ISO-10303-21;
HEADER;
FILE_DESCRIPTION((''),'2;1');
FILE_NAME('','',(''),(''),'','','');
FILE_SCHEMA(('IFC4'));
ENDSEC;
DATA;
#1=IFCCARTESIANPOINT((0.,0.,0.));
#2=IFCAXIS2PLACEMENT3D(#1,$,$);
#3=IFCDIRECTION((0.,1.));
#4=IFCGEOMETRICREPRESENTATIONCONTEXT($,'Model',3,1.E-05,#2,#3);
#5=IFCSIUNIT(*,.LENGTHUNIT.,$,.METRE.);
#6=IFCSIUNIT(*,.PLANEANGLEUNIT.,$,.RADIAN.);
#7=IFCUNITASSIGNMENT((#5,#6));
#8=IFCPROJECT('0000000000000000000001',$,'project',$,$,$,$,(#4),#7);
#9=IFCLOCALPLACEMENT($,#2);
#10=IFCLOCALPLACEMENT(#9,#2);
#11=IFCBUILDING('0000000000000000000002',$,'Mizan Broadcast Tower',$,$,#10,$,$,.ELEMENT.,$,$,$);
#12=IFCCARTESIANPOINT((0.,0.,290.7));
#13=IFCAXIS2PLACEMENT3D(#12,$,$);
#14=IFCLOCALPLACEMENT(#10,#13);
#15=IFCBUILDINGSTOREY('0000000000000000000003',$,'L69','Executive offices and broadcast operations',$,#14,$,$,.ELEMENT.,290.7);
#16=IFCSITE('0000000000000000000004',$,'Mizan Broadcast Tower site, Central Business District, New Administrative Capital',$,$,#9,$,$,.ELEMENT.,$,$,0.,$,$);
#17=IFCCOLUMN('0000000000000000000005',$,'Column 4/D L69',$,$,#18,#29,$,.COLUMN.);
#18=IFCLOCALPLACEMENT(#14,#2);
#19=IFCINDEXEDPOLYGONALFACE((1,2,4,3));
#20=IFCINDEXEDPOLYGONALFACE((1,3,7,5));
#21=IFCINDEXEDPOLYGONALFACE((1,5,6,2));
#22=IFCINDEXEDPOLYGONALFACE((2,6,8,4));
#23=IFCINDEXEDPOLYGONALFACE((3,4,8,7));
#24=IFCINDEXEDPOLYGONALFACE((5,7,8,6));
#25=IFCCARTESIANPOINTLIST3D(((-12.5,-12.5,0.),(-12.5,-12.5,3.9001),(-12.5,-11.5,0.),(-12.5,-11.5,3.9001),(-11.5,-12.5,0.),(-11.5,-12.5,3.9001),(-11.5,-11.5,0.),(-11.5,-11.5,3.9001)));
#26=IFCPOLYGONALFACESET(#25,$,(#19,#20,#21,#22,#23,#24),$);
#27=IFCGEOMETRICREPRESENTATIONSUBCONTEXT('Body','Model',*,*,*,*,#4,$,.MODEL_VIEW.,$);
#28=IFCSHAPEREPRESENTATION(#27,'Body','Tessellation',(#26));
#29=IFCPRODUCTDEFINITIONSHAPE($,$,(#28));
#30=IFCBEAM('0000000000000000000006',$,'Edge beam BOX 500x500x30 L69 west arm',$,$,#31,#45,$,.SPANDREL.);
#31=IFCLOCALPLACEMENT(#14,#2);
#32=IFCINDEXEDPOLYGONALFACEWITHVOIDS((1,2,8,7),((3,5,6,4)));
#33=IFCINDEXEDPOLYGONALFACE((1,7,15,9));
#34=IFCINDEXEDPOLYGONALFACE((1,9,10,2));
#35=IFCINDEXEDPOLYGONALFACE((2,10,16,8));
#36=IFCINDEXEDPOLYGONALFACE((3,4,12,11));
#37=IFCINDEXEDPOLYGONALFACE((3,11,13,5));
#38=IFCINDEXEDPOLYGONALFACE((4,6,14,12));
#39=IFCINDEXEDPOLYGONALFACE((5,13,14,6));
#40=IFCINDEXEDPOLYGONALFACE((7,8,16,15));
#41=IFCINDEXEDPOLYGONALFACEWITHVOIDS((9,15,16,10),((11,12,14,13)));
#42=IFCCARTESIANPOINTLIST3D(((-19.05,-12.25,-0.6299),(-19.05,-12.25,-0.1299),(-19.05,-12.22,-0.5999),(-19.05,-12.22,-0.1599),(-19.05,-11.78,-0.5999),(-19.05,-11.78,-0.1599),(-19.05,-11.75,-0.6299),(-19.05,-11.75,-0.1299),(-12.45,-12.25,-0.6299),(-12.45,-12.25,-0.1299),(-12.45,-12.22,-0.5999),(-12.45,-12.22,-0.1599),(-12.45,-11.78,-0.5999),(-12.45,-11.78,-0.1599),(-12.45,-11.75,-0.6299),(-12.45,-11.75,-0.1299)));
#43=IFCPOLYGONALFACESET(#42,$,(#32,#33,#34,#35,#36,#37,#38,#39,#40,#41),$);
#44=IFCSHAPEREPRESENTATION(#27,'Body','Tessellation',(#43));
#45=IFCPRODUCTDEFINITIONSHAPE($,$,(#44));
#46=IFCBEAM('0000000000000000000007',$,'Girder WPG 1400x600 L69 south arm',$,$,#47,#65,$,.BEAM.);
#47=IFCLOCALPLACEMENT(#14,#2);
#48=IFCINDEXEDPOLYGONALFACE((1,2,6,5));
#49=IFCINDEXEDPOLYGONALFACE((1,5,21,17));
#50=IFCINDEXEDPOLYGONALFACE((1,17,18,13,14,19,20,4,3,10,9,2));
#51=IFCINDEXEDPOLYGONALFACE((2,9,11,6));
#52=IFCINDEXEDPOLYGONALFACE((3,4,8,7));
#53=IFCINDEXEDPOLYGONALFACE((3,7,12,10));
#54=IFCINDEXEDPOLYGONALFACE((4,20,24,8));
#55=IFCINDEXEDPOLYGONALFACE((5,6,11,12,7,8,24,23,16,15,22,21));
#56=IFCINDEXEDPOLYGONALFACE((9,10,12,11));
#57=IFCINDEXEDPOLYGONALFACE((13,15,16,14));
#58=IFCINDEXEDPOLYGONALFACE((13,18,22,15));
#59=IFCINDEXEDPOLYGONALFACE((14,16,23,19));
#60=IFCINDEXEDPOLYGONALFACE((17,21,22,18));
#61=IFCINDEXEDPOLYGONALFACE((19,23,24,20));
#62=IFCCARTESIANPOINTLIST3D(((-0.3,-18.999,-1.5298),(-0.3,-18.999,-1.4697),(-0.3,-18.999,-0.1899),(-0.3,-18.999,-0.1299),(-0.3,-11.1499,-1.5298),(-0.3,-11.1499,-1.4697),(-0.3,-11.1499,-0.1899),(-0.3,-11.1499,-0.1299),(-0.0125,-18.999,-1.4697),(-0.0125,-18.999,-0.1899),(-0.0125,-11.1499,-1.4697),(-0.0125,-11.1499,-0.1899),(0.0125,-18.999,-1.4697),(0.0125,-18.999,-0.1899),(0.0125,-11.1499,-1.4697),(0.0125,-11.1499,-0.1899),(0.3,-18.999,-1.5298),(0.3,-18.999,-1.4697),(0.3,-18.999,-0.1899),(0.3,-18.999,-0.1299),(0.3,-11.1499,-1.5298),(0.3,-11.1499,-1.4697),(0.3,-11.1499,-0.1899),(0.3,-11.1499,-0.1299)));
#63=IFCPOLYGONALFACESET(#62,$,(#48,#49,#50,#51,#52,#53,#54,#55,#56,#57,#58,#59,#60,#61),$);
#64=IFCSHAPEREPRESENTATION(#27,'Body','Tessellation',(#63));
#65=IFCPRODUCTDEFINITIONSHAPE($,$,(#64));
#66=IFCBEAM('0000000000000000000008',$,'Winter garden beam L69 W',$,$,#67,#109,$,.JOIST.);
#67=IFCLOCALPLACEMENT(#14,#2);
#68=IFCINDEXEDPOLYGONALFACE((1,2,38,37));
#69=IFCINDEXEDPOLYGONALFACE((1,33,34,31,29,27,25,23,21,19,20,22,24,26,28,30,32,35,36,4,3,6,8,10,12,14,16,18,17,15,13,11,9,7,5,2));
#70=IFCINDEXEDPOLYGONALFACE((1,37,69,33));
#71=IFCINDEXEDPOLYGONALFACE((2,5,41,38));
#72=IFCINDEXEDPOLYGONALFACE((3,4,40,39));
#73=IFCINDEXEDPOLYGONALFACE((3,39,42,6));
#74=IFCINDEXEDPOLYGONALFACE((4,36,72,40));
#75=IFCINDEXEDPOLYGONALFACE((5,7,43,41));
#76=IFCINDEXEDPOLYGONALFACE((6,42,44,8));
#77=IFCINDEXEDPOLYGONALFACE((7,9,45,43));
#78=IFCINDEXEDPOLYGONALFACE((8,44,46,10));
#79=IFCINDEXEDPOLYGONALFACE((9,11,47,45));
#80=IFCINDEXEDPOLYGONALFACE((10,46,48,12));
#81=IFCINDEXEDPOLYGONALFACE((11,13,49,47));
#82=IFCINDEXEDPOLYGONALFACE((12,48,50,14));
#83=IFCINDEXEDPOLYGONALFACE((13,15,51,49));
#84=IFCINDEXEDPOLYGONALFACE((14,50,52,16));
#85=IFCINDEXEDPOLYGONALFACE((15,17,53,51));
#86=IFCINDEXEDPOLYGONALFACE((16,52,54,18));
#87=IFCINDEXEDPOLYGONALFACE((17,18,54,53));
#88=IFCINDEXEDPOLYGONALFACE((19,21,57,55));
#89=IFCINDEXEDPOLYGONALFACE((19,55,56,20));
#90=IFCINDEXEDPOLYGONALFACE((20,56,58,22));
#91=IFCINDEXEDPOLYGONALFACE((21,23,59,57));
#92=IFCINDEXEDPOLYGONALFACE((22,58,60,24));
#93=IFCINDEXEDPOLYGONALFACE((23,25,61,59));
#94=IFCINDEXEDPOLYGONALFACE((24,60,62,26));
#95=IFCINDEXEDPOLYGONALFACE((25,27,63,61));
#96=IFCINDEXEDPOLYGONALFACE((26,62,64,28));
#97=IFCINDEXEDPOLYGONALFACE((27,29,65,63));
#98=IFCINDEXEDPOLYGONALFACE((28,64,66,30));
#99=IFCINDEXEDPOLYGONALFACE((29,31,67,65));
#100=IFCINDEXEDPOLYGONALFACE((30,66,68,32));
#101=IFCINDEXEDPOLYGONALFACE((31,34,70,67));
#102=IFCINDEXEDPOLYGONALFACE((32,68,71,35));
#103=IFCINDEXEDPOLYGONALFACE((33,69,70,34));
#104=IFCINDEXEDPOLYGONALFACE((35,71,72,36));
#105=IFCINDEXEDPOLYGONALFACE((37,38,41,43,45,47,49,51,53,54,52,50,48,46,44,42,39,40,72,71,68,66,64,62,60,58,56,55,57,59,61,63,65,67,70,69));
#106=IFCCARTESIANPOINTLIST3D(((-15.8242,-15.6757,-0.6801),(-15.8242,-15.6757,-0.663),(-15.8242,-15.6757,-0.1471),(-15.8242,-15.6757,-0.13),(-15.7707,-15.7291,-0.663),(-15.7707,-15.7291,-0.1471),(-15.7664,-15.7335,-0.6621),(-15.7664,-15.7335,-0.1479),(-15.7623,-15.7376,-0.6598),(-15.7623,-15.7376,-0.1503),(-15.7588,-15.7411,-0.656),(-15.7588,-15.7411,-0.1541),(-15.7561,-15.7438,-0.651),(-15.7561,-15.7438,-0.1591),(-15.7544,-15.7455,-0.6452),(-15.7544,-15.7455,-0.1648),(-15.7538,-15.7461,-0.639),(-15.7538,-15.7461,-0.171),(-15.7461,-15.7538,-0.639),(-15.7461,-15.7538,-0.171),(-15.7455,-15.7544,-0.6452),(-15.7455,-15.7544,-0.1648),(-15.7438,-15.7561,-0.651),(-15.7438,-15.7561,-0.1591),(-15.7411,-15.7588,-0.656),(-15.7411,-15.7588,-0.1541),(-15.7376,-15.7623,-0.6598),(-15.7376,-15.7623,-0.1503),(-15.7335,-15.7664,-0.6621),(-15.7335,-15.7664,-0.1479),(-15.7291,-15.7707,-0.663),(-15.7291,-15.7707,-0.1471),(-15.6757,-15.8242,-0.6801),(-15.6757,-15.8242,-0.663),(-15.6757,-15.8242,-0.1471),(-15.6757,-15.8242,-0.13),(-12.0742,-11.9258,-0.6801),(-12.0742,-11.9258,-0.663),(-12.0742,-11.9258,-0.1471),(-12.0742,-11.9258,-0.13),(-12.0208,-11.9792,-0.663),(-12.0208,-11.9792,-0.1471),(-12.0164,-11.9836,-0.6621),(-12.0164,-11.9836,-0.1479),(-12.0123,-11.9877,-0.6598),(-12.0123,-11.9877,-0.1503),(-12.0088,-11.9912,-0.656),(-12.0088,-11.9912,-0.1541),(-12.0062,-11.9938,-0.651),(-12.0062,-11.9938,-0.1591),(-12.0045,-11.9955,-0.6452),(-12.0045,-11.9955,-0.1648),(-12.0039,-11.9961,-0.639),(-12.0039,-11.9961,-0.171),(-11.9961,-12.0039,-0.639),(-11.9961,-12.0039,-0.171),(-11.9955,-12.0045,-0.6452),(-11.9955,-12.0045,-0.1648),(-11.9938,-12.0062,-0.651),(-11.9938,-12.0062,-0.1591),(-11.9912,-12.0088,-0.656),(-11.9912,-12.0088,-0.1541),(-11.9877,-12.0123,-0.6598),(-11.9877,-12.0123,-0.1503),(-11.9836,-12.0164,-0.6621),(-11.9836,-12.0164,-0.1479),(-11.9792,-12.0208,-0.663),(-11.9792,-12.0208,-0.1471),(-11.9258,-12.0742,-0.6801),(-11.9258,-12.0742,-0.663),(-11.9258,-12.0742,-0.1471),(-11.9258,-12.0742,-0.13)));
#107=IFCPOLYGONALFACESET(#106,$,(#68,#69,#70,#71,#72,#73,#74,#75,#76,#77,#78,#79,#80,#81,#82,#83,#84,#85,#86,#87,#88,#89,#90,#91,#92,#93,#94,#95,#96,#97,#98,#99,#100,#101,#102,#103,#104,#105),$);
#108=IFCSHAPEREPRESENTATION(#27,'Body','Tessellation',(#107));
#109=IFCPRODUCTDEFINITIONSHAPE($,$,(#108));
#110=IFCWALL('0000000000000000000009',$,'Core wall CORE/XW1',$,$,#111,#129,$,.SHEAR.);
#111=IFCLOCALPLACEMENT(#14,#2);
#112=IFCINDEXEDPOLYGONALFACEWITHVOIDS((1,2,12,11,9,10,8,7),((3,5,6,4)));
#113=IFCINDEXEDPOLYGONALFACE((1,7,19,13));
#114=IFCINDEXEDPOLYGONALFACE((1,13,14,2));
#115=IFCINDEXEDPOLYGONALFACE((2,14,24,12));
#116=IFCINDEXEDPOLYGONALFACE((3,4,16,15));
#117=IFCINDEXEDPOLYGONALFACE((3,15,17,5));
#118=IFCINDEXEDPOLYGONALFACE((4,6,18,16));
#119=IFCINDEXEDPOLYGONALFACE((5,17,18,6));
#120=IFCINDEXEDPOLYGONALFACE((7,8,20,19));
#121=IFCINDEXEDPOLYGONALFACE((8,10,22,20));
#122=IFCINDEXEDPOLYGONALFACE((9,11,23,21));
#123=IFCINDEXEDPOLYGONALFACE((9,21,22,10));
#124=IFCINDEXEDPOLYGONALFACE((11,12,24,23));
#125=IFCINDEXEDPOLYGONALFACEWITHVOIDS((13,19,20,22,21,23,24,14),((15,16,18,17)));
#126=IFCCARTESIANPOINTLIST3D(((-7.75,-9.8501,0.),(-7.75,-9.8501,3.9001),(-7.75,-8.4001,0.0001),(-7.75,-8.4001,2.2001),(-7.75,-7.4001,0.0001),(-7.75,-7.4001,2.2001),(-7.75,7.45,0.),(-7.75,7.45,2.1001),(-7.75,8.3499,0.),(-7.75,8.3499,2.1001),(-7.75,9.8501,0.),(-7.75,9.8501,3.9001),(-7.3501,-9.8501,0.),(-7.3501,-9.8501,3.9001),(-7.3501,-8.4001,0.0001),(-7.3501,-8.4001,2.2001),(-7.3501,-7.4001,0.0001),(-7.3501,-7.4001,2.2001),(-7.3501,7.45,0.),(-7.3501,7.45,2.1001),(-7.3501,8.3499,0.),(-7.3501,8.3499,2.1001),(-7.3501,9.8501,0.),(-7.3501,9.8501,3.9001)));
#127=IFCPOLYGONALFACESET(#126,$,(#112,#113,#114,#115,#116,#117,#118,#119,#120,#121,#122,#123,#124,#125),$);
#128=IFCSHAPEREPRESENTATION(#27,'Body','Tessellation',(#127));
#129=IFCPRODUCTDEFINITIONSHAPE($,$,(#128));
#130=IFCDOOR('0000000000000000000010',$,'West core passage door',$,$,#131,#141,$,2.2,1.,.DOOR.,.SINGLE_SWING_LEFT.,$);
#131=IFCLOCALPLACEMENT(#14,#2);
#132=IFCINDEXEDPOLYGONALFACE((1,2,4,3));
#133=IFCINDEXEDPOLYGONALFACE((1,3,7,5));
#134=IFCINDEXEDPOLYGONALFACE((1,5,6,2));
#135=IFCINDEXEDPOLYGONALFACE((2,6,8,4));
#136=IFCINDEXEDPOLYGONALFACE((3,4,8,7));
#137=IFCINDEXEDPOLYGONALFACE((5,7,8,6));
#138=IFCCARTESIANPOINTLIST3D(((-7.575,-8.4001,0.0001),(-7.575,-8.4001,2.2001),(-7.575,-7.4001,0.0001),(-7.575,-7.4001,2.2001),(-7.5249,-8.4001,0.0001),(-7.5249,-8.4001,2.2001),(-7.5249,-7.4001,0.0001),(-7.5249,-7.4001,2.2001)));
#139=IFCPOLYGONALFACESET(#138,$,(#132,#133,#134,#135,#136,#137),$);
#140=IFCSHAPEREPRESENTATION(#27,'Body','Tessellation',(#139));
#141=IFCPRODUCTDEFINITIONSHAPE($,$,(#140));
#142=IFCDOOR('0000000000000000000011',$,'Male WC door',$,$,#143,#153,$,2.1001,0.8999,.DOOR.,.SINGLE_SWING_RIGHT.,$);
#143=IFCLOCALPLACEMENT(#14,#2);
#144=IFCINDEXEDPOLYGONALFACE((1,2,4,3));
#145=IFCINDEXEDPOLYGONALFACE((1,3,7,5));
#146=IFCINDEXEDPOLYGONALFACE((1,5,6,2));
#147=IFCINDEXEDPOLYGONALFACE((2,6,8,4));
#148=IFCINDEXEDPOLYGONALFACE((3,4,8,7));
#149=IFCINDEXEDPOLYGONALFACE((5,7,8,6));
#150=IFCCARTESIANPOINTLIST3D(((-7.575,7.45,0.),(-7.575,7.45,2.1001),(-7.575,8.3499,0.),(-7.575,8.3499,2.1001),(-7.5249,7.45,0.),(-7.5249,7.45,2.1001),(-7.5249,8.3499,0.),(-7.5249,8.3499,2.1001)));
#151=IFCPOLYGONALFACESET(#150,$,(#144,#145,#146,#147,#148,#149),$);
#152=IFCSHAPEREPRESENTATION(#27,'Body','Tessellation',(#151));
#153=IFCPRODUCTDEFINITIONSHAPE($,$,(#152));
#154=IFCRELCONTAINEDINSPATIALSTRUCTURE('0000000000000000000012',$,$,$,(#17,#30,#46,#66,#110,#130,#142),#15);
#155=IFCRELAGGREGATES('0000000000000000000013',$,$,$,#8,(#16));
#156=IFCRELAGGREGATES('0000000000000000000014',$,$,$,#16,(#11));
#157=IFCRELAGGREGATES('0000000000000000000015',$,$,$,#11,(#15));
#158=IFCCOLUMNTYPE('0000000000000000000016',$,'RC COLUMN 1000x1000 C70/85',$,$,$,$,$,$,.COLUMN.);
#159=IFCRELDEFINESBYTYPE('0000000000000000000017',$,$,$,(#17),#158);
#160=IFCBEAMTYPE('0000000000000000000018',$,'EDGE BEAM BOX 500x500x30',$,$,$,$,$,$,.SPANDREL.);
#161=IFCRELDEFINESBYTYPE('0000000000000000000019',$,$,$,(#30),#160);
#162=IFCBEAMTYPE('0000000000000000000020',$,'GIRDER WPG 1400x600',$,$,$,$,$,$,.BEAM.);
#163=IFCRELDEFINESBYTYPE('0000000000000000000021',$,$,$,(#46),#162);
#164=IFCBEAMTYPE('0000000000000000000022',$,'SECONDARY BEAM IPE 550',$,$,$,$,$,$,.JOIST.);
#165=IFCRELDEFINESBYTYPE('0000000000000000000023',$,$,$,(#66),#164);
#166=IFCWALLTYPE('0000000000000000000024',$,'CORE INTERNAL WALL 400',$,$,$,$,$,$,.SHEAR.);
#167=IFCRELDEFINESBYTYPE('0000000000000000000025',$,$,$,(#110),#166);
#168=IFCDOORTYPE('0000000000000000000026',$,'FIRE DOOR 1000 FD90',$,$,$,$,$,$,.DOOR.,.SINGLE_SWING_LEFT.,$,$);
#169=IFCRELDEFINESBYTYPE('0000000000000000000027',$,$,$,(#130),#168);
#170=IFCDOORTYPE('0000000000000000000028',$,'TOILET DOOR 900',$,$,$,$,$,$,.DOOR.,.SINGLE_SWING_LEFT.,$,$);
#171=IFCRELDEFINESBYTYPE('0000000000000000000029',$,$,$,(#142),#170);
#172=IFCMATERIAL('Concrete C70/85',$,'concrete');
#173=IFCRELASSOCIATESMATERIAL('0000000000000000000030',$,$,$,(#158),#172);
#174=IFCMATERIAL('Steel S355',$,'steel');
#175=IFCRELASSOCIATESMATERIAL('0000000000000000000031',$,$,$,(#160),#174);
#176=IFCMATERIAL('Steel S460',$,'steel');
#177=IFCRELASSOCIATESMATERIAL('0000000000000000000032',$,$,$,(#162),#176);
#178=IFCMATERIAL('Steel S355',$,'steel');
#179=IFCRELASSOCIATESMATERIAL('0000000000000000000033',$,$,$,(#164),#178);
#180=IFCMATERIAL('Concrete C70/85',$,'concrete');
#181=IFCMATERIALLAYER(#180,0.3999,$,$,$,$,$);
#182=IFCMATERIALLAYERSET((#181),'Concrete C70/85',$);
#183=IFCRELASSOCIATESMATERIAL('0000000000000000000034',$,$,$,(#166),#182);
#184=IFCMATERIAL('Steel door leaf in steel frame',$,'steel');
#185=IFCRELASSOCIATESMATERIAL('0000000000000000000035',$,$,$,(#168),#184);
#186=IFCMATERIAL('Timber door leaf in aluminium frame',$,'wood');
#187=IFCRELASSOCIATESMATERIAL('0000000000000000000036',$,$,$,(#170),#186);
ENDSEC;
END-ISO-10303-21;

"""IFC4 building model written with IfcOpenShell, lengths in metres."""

from ifc_helpers import new_model, si_unit, direction, frame, frame_2d, origin, origin_2d, place, context, subcontext, project, spatial, rectangle, hollow_rectangle, i_section, extrude, material, layer, layer_set, material_profile, profile_set, type_object, element, fill, save


model = new_model("IFC4")

# Units and contexts
model_context = context("Model", 3, precision=1e-05, world=origin(), true_north=direction((0.0, 1.0)))
body_context = subcontext(model_context, "Body", "Model", "MODEL_VIEW")
ifc_project = project(units=[si_unit("LENGTHUNIT", "METRE"), si_unit("PLANEANGLEUNIT", "RADIAN")], contexts=[model_context])

# Site, building, storey
site_placement = place(None, origin())
site = spatial("IfcSite", under=ifc_project, at=site_placement, Name="Mizan Broadcast Tower site, Central Business District, New Administrative Capital", CompositionType="ELEMENT", RefElevation=0.0)
building_placement = place(site_placement, origin())
building = spatial("IfcBuilding", under=site, at=building_placement, Name="Mizan Broadcast Tower", CompositionType="ELEMENT")
storey_placement = place(building_placement, frame((0.0, 0.0, 290.7)))
storey = spatial("IfcBuildingStorey", under=building, at=storey_placement, Name="L69", Description="Executive offices and broadcast operations", CompositionType="ELEMENT", Elevation=290.7)

# Column
ifc_material_1 = material(Name="Concrete C70/85", Category="concrete")
ifc_material_profile_1 = material_profile(ifc_material_1, rectangle(XDim=1.0, YDim=1.0, at=origin_2d()), Name="RC 1000x1000")
ifc_profile_set_1 = profile_set([ifc_material_profile_1], Name="Concrete C70/85")
column_type = type_object("IfcColumnType", Name="RC COLUMN 1000x1000 C70/85", PredefinedType="COLUMN", material=ifc_profile_set_1)
column_placement = place(storey_placement, frame((-12.0, -12.0, 0.0), z_axis=(0.0, 0.0, 1.0), x_axis=(1.0, 0.0, 0.0)))
element("IfcColumn", 1, at=column_placement, inside=storey, type_object=column_type, Name="Column 4/D L69", PredefinedType="COLUMN", context=body_context, shape_type="SweptSolid", body=[
    extrude(rectangle(XDim=1.0, YDim=1.0, at=origin_2d()), origin(), (0.0, 0.0, 1.0), 3.9001),
])

# Beams
ifc_material_2 = material(Name="Steel S355", Category="steel")
ifc_material_profile_2 = material_profile(ifc_material_2, hollow_rectangle(XDim=0.5, YDim=0.5, WallThickness=0.03, at=origin_2d()), Name="BOX 500x500x30")
ifc_profile_set_2 = profile_set([ifc_material_profile_2], Name="Steel S355")
beam_type_1 = type_object("IfcBeamType", Name="EDGE BEAM BOX 500x500x30", PredefinedType="SPANDREL", material=ifc_profile_set_2)
beam_1_placement = place(storey_placement, frame((-12.45, -12.0, -0.3799), z_axis=(-1.0, 0.0, 0.0), x_axis=(0.0, -1.0, 0.0)))
element("IfcBeam", 2, at=beam_1_placement, inside=storey, type_object=beam_type_1, Name="Edge beam BOX 500x500x30 L69 west arm", PredefinedType="SPANDREL", context=body_context, shape_type="SweptSolid", body=[
    extrude(hollow_rectangle(XDim=0.5, YDim=0.5, WallThickness=0.03, at=origin_2d()), origin(), (0.0, 0.0, 1.0), 6.6001),
])
ifc_material_3 = material(Name="Steel S460", Category="steel")
ifc_material_profile_3 = material_profile(ifc_material_3, i_section(OverallWidth=0.6001, OverallDepth=1.3999, WebThickness=0.0249, FlangeThickness=0.0601, at=origin_2d()), Name="WPG 1400x600")
ifc_profile_set_3 = profile_set([ifc_material_profile_3], Name="Steel S460")
beam_type_2 = type_object("IfcBeamType", Name="GIRDER WPG 1400x600", PredefinedType="BEAM", material=ifc_profile_set_3)
beam_2_placement = place(storey_placement, frame((0.0, -11.1499, -0.8298), z_axis=(0.0, -1.0, 0.0), x_axis=(1.0, 0.0, 0.0)))
element("IfcBeam", 3, at=beam_2_placement, inside=storey, type_object=beam_type_2, Name="Girder WPG 1400x600 L69 south arm", PredefinedType="BEAM", context=body_context, shape_type="SweptSolid", body=[
    extrude(i_section(OverallWidth=0.6001, OverallDepth=1.3999, WebThickness=0.0249, FlangeThickness=0.0601, at=origin_2d()), origin(), (0.0, 0.0, 1.0), 7.8491),
])
ifc_material_4 = material(Name="Steel S355", Category="steel")
ifc_material_profile_4 = material_profile(ifc_material_4, i_section(OverallWidth=0.21, OverallDepth=0.55, WebThickness=0.011, FlangeThickness=0.0171, FilletRadius=0.0239, at=origin_2d()), Name="IPE 550")
ifc_profile_set_4 = profile_set([ifc_material_profile_4], Name="Steel S355")
beam_type_3 = type_object("IfcBeamType", Name="SECONDARY BEAM IPE 550", PredefinedType="JOIST", material=ifc_profile_set_4)
beam_3_placement = place(storey_placement, frame((-12.0, -12.0, -0.405), z_axis=(-0.707107, -0.707107, 0.0), x_axis=(0.707107, -0.707107, 0.0)))
element("IfcBeam", 4, at=beam_3_placement, inside=storey, type_object=beam_type_3, Name="Winter garden beam L69 W", PredefinedType="JOIST", context=body_context, shape_type="SweptSolid", body=[
    extrude(i_section(OverallWidth=0.21, OverallDepth=0.55, WebThickness=0.011, FlangeThickness=0.0171, FilletRadius=0.0239, at=origin_2d()), origin(), (0.0, 0.0, 1.0), 5.3032),
])

# Wall, openings, doors
ifc_material_5 = material(Name="Concrete C70/85", Category="concrete")
ifc_layer_1 = layer(ifc_material_5, 0.3999)
ifc_layer_set_1 = layer_set([ifc_layer_1], Name="Concrete C70/85")
wall_type_1 = type_object("IfcWallType", Name="CORE INTERNAL WALL 400", PredefinedType="SHEAR", material=ifc_layer_set_1)
wall_1_placement = place(storey_placement, frame((-7.55, -9.8501, 0.0), z_axis=(0.0, 0.0, 1.0), x_axis=(0.0, 1.0, 0.0)))
wall_1 = element("IfcWall", 5, at=wall_1_placement, inside=storey, type_object=wall_type_1, Name="Core wall CORE/XW1", PredefinedType="SHEAR", context=body_context, shape_type="SweptSolid", body=[
    extrude(rectangle(XDim=19.7002, YDim=0.3999, at=frame_2d((9.8501, 0.0))), origin(), (0.0, 0.0, 1.0), 3.9001),
])
opening_1_placement = place(wall_1_placement, frame((1.45, 0.0, 0.0)))
opening_1 = element("IfcOpeningElement", 6, at=opening_1_placement, cuts=wall_1, PredefinedType="OPENING", context=body_context, shape_type="SweptSolid", body=[
    extrude(rectangle(XDim=1.0, YDim=2.2, at=frame_2d((0.5, 1.1001))), frame((0.0, 0.21, 0.0), z_axis=(0.0, -1.0, 0.0), x_axis=(1.0, 0.0, 0.0)), (0.0, 0.0, 1.0), 0.4199),
])
opening_2_placement = place(wall_1_placement, frame((17.3, 0.0, 0.0)))
opening_2 = element("IfcOpeningElement", 7, at=opening_2_placement, cuts=wall_1, PredefinedType="OPENING", context=body_context, shape_type="SweptSolid", body=[
    extrude(rectangle(XDim=0.8999, YDim=2.1001, at=frame_2d((0.45, 1.05))), frame((0.0, 0.21, 0.0), z_axis=(0.0, -1.0, 0.0), x_axis=(1.0, 0.0, 0.0)), (0.0, 0.0, 1.0), 0.4199),
])
ifc_material_6 = material(Name="Steel door leaf in steel frame", Category="steel")
door_type_1 = type_object("IfcDoorType", Name="FIRE DOOR 1000 FD90", OperationType="SINGLE_SWING_LEFT", PredefinedType="DOOR", material=ifc_material_6)
door_1_placement = place(opening_1_placement, origin())
door_1 = element("IfcDoor", 8, at=door_1_placement, inside=storey, type_object=door_type_1, Name="West core passage door", OperationType="SINGLE_SWING_LEFT", OverallHeight=2.2, OverallWidth=1.0, PredefinedType="DOOR", context=body_context, shape_type="SweptSolid", body=[
    extrude(rectangle(XDim=1.0, YDim=2.2, at=frame_2d((0.5, 1.1001))), frame((0.0, 0.0249, 0.0), z_axis=(0.0, -1.0, 0.0), x_axis=(1.0, 0.0, 0.0)), (0.0, 0.0, 1.0), 0.05),
])
fill(opening_1, door_1)
ifc_material_7 = material(Name="Timber door leaf in aluminium frame", Category="wood")
door_type_2 = type_object("IfcDoorType", Name="TOILET DOOR 900", OperationType="SINGLE_SWING_LEFT", PredefinedType="DOOR", material=ifc_material_7)
door_2_placement = place(opening_2_placement, origin())
door_2 = element("IfcDoor", 9, at=door_2_placement, inside=storey, type_object=door_type_2, Name="Male WC door", OperationType="SINGLE_SWING_RIGHT", OverallHeight=2.1001, OverallWidth=0.8999, PredefinedType="DOOR", context=body_context, shape_type="SweptSolid", body=[
    extrude(rectangle(XDim=0.8999, YDim=2.1001, at=frame_2d((0.45, 1.05))), frame((0.0, 0.0249, 0.0), z_axis=(0.0, -1.0, 0.0), x_axis=(1.0, 0.0, 0.0)), (0.0, 0.0, 1.0), 0.05),
])
fill(opening_2, door_2)

save(model, "model.ifc")
